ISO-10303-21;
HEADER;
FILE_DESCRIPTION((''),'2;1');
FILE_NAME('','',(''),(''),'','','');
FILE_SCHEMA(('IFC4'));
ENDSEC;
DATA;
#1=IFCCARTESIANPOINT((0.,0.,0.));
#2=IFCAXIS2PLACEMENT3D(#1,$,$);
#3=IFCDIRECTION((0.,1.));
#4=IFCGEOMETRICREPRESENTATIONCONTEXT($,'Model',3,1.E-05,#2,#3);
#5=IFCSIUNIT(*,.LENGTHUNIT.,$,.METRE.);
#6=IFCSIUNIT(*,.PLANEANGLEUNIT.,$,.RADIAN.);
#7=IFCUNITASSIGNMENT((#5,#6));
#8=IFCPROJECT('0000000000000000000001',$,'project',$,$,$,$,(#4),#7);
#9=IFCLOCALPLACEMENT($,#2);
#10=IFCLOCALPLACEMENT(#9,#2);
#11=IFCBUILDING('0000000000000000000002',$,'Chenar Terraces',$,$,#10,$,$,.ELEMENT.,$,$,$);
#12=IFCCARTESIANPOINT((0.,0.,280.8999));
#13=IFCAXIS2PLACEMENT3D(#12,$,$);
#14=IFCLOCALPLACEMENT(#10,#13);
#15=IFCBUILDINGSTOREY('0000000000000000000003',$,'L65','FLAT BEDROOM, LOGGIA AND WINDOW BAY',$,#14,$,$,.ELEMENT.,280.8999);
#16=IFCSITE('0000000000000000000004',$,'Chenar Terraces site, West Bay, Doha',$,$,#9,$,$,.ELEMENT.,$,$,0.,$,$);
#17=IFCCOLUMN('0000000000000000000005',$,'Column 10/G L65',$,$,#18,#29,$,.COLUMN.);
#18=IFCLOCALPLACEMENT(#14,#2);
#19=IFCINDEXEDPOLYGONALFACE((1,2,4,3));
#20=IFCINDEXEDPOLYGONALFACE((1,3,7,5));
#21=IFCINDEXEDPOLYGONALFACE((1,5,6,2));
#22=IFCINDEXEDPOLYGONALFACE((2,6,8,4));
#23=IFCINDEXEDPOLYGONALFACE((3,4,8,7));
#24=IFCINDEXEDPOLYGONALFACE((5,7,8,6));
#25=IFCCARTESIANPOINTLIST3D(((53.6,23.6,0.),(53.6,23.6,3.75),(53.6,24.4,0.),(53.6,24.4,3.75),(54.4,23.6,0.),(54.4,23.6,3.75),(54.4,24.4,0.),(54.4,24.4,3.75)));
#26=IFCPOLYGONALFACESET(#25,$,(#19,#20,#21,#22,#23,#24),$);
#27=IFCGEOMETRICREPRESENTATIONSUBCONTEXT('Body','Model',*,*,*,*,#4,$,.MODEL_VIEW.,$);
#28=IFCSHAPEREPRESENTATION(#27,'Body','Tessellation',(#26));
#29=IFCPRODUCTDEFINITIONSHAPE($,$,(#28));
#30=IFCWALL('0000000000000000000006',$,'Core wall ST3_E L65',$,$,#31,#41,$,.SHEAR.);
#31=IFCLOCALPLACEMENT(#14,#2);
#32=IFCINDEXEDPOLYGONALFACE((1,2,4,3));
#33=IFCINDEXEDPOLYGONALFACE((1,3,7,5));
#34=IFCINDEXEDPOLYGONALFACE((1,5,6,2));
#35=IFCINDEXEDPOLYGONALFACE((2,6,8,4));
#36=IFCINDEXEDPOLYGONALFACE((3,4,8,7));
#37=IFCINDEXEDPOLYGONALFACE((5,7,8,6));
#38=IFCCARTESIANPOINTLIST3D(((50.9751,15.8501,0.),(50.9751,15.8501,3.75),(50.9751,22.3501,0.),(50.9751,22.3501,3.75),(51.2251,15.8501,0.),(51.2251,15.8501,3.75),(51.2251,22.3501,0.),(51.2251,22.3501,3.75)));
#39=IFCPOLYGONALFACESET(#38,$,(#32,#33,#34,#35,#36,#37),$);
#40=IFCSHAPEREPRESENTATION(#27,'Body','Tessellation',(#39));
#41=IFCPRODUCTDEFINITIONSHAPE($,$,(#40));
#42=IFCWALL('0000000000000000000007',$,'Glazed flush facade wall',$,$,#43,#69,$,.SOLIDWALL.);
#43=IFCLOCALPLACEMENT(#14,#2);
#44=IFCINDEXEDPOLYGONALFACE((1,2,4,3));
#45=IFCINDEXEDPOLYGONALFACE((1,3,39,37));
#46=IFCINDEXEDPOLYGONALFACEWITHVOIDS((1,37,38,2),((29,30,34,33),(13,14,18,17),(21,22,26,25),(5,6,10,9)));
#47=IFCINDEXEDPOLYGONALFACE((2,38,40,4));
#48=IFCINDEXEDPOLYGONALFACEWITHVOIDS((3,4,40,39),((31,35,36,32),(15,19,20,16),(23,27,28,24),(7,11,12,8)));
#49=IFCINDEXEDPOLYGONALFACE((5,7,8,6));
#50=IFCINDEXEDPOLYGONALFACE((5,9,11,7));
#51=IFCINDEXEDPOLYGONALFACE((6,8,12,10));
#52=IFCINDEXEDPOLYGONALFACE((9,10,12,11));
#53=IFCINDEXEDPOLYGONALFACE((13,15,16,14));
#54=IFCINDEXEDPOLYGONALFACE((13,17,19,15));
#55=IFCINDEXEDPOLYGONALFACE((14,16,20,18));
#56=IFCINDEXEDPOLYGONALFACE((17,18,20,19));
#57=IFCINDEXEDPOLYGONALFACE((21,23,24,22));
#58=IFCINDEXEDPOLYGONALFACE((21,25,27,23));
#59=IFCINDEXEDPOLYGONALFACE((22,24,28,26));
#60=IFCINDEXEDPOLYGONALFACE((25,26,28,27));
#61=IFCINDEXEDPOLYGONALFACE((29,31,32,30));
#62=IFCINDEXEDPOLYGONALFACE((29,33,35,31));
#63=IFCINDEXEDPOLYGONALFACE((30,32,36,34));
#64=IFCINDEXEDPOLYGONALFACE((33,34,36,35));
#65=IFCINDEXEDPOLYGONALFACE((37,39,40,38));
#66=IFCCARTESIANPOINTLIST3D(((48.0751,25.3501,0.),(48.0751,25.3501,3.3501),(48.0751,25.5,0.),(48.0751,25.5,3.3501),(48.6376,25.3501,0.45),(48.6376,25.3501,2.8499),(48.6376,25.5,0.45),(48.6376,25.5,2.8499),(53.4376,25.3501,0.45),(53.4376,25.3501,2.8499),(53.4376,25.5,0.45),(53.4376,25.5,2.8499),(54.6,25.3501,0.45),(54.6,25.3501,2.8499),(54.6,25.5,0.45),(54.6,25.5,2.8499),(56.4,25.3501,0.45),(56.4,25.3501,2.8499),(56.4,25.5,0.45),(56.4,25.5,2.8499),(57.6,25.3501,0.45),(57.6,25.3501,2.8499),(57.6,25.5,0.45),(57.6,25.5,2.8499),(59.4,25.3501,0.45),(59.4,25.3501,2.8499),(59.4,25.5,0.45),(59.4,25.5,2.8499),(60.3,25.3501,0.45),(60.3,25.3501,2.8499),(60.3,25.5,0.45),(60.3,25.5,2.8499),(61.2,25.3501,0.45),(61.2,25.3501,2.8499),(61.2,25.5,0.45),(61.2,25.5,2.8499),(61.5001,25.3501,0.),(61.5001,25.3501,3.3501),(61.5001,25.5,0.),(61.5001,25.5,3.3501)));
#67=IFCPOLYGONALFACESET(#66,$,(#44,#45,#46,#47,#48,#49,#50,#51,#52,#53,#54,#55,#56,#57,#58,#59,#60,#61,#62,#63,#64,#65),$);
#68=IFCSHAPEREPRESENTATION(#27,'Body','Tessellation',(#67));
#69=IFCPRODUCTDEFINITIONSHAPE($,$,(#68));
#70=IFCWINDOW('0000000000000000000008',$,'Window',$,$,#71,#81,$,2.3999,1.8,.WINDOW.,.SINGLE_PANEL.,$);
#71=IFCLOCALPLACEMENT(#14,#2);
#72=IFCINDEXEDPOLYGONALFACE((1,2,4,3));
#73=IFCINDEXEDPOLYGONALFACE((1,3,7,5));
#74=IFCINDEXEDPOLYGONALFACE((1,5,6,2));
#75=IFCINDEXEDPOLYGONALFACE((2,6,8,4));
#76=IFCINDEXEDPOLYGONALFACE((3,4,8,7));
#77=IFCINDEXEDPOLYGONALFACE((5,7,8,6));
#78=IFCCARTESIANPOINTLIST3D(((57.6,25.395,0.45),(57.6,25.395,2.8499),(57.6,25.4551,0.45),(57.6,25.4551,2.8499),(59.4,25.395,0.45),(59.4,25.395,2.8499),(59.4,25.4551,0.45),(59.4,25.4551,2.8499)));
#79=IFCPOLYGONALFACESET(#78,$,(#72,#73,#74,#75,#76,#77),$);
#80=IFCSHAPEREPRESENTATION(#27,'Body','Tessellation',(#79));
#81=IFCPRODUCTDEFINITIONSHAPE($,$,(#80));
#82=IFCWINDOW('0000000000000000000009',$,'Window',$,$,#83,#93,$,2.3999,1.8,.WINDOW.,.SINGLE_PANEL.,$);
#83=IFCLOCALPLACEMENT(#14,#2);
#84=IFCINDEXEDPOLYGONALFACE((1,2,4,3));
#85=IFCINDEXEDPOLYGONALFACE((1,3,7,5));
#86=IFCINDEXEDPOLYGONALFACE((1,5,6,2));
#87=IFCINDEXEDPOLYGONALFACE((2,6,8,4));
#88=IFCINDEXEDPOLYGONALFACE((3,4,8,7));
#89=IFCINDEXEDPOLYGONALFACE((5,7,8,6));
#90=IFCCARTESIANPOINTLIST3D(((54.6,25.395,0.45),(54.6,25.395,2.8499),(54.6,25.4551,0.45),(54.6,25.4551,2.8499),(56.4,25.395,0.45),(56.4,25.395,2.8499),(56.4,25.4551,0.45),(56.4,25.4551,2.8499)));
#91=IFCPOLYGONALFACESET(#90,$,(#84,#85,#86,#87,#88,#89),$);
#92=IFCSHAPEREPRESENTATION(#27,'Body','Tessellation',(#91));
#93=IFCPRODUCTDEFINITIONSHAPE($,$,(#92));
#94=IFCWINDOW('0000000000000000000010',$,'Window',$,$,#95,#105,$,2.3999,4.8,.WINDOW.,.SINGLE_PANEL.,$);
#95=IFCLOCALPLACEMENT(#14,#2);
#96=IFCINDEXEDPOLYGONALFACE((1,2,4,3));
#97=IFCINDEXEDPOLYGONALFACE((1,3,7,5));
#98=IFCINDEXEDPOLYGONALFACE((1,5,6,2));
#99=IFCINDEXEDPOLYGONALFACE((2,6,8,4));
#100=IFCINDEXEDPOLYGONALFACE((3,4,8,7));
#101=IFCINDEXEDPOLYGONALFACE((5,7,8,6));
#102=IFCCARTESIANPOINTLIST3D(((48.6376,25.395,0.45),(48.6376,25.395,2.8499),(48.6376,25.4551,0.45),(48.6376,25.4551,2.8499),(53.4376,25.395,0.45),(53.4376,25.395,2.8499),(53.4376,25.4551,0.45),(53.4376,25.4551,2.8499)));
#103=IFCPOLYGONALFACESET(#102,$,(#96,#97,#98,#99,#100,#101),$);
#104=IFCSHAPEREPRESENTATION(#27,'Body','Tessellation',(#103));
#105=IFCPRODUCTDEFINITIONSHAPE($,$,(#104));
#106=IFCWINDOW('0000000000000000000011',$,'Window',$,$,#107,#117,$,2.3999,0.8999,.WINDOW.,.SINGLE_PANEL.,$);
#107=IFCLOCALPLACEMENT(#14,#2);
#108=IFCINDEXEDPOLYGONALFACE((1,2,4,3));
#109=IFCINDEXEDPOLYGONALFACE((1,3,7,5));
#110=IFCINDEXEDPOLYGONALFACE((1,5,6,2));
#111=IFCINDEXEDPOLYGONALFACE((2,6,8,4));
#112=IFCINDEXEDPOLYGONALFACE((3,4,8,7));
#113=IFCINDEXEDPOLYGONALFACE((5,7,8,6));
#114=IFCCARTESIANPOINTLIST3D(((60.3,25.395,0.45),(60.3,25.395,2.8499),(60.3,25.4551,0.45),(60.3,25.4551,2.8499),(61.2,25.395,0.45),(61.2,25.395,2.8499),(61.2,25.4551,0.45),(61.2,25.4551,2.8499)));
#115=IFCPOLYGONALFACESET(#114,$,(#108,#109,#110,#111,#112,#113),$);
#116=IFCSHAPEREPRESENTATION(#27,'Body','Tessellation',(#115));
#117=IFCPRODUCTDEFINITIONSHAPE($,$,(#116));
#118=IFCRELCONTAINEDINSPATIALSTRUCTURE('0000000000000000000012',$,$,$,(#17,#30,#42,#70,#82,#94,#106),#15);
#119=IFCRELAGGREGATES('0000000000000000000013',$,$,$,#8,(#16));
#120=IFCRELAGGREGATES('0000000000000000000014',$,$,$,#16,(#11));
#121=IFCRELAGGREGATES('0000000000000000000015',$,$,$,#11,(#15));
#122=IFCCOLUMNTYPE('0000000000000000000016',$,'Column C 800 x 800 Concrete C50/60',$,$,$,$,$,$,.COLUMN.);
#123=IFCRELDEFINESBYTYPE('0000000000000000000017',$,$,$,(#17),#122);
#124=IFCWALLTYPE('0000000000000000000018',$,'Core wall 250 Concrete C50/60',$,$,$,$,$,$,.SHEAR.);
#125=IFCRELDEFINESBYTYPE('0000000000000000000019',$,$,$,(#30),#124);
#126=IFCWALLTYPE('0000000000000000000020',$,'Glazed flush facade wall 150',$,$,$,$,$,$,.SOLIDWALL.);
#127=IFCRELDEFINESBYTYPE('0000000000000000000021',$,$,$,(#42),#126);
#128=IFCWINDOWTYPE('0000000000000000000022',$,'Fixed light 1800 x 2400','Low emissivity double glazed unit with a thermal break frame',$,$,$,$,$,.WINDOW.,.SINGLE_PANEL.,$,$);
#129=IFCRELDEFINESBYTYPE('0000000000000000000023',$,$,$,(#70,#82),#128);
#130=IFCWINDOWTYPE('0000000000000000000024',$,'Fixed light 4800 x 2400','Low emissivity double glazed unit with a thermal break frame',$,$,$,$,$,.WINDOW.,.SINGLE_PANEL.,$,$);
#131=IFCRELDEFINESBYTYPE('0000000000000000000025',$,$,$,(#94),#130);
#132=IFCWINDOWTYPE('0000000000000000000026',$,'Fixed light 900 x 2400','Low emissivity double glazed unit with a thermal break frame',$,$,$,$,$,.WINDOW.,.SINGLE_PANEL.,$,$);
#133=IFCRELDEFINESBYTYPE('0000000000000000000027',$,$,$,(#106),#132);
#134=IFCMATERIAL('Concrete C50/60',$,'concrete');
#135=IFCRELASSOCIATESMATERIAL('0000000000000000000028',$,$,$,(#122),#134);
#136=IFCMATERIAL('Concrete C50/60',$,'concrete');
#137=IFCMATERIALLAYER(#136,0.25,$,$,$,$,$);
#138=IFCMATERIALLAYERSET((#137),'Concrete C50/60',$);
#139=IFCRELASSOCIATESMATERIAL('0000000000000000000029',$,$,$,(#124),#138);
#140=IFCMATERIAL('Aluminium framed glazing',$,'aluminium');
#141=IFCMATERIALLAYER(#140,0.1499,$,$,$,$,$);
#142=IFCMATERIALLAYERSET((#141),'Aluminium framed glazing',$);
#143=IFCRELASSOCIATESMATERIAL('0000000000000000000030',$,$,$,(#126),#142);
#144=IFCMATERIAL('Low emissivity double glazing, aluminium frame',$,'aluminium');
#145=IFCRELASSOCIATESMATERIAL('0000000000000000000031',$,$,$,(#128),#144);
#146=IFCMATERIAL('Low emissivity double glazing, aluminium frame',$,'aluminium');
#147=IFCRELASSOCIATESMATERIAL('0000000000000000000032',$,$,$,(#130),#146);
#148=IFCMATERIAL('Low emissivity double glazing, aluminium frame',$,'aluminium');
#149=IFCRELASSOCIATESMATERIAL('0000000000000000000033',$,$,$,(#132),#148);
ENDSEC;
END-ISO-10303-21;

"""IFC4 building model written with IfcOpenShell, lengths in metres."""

from ifc_helpers import new_model, si_unit, direction, frame, frame_2d, origin, origin_2d, place, context, subcontext, project, spatial, rectangle, extrude, material, layer, layer_set, material_profile, profile_set, type_object, element, fill, save


model = new_model("IFC4")

# Units and contexts
model_context = context("Model", 3, precision=1e-05, world=origin(), true_north=direction((0.0, 1.0)))
body_context = subcontext(model_context, "Body", "Model", "MODEL_VIEW")
ifc_project = project(units=[si_unit("LENGTHUNIT", "METRE"), si_unit("PLANEANGLEUNIT", "RADIAN")], contexts=[model_context])

# Site, building, storey
site_placement = place(None, origin())
site = spatial("IfcSite", under=ifc_project, at=site_placement, Name="Chenar Terraces site, West Bay, Doha", CompositionType="ELEMENT", RefElevation=0.0)
building_placement = place(site_placement, origin())
building = spatial("IfcBuilding", under=site, at=building_placement, Name="Chenar Terraces", CompositionType="ELEMENT")
storey_placement = place(building_placement, frame((0.0, 0.0, 280.8999)))
storey = spatial("IfcBuildingStorey", under=building, at=storey_placement, Name="L65", Description="FLAT BEDROOM, LOGGIA AND WINDOW BAY", CompositionType="ELEMENT", Elevation=280.8999)

# Column
ifc_material_1 = material(Name="Concrete C50/60", Category="concrete")
ifc_material_profile_1 = material_profile(ifc_material_1, rectangle(XDim=0.8, YDim=0.8, at=origin_2d()), Name="C 800 x 800")
ifc_profile_set_1 = profile_set([ifc_material_profile_1], Name="Concrete C50/60")
column_type = type_object("IfcColumnType", Name="Column C 800 x 800 Concrete C50/60", PredefinedType="COLUMN", material=ifc_profile_set_1)
column_placement = place(storey_placement, frame((54.0, 24.0, 0.0), z_axis=(0.0, 0.0, 1.0), x_axis=(1.0, 0.0, 0.0)))
element("IfcColumn", 1, at=column_placement, inside=storey, type_object=column_type, Name="Column 10/G L65", PredefinedType="COLUMN", context=body_context, shape_type="SweptSolid", body=[
    extrude(rectangle(XDim=0.8, YDim=0.8, at=origin_2d()), origin(), (0.0, 0.0, 1.0), 3.75),
])

# Wall
ifc_material_2 = material(Name="Concrete C50/60", Category="concrete")
ifc_layer_1 = layer(ifc_material_2, 0.25)
ifc_layer_set_1 = layer_set([ifc_layer_1], Name="Concrete C50/60")
wall_type_1 = type_object("IfcWallType", Name="Core wall 250 Concrete C50/60", PredefinedType="SHEAR", material=ifc_layer_set_1)
wall_1_placement = place(storey_placement, frame((51.1001, 15.8501, 0.0), z_axis=(0.0, 0.0, 1.0), x_axis=(0.0, 1.0, 0.0)))
element("IfcWall", 2, at=wall_1_placement, inside=storey, type_object=wall_type_1, Name="Core wall ST3_E L65", PredefinedType="SHEAR", context=body_context, shape_type="SweptSolid", body=[
    extrude(rectangle(XDim=6.5, YDim=0.25, at=frame_2d((3.25, 0.0))), origin(), (0.0, 0.0, 1.0), 3.75),
])

# Wall, openings, windows
ifc_material_3 = material(Name="Aluminium framed glazing", Category="aluminium")
ifc_layer_2 = layer(ifc_material_3, 0.1499)
ifc_layer_set_2 = layer_set([ifc_layer_2], Name="Aluminium framed glazing")
wall_type_2 = type_object("IfcWallType", Name="Glazed flush facade wall 150", PredefinedType="SOLIDWALL", material=ifc_layer_set_2)
wall_2_placement = place(storey_placement, frame((61.5, 25.425, 0.0), z_axis=(0.0, 0.0, 1.0), x_axis=(-1.0, 0.0, 0.0)))
wall_2 = element("IfcWall", 3, at=wall_2_placement, inside=storey, type_object=wall_type_2, Name="Glazed flush facade wall", PredefinedType="SOLIDWALL", context=body_context, shape_type="SweptSolid", body=[
    extrude(rectangle(XDim=13.425, YDim=0.1499, at=frame_2d((6.7124, 0.0))), origin(), (0.0, 0.0, 1.0), 3.3501),
])
opening_1_placement = place(wall_2_placement, frame((0.3, 0.0, 0.45)))
opening_1 = element("IfcOpeningElement", 4, at=opening_1_placement, cuts=wall_2, PredefinedType="OPENING", context=body_context, shape_type="SweptSolid", body=[
    extrude(rectangle(XDim=0.8999, YDim=2.3999, at=frame_2d((0.45, 1.2))), frame((0.0, 0.085, 0.0), z_axis=(0.0, -1.0, 0.0), x_axis=(1.0, 0.0, 0.0)), (0.0, 0.0, 1.0), 0.1699),
])
opening_2_placement = place(wall_2_placement, frame((2.1001, 0.0, 0.45)))
opening_2 = element("IfcOpeningElement", 5, at=opening_2_placement, cuts=wall_2, PredefinedType="OPENING", context=body_context, shape_type="SweptSolid", body=[
    extrude(rectangle(XDim=1.8, YDim=2.3999, at=frame_2d((0.8999, 1.2))), frame((0.0, 0.085, 0.0), z_axis=(0.0, -1.0, 0.0), x_axis=(1.0, 0.0, 0.0)), (0.0, 0.0, 1.0), 0.1699),
])
opening_3_placement = place(wall_2_placement, frame((5.1001, 0.0, 0.45)))
opening_3 = element("IfcOpeningElement", 6, at=opening_3_placement, cuts=wall_2, PredefinedType="OPENING", context=body_context, shape_type="SweptSolid", body=[
    extrude(rectangle(XDim=1.8, YDim=2.3999, at=frame_2d((0.8999, 1.2))), frame((0.0, 0.085, 0.0), z_axis=(0.0, -1.0, 0.0), x_axis=(1.0, 0.0, 0.0)), (0.0, 0.0, 1.0), 0.1699),
])
opening_4_placement = place(wall_2_placement, frame((8.0625, 0.0, 0.45)))
opening_4 = element("IfcOpeningElement", 7, at=opening_4_placement, cuts=wall_2, PredefinedType="OPENING", context=body_context, shape_type="SweptSolid", body=[
    extrude(rectangle(XDim=4.8, YDim=2.3999, at=frame_2d((2.3999, 1.2))), frame((0.0, 0.085, 0.0), z_axis=(0.0, -1.0, 0.0), x_axis=(1.0, 0.0, 0.0)), (0.0, 0.0, 1.0), 0.1699),
])
ifc_material_4 = material(Name="Low emissivity double glazing, aluminium frame", Category="aluminium")
window_type_1 = type_object("IfcWindowType", Name="Fixed light 1800 x 2400", Description="Low emissivity double glazed unit with a thermal break frame", PartitioningType="SINGLE_PANEL", PredefinedType="WINDOW", material=ifc_material_4)
window_1_placement = place(opening_2_placement, origin())
window_1 = element("IfcWindow", 8, at=window_1_placement, inside=storey, type_object=window_type_1, Name="Window", OverallHeight=2.3999, OverallWidth=1.8, PartitioningType="SINGLE_PANEL", PredefinedType="WINDOW", context=body_context, shape_type="SweptSolid", body=[
    extrude(rectangle(XDim=1.8, YDim=2.3999, at=frame_2d((0.8999, 1.2))), frame((0.0, 0.03, 0.0), z_axis=(0.0, -1.0, 0.0), x_axis=(1.0, 0.0, 0.0)), (0.0, 0.0, 1.0), 0.0601),
])
fill(opening_2, window_1)
window_2_placement = place(opening_3_placement, origin())
window_2 = element("IfcWindow", 9, at=window_2_placement, inside=storey, type_object=window_type_1, Name="Window", OverallHeight=2.3999, OverallWidth=1.8, PartitioningType="SINGLE_PANEL", PredefinedType="WINDOW", context=body_context, shape_type="SweptSolid", body=[
    extrude(rectangle(XDim=1.8, YDim=2.3999, at=frame_2d((0.8999, 1.2))), frame((0.0, 0.03, 0.0), z_axis=(0.0, -1.0, 0.0), x_axis=(1.0, 0.0, 0.0)), (0.0, 0.0, 1.0), 0.0601),
])
fill(opening_3, window_2)
ifc_material_5 = material(Name="Low emissivity double glazing, aluminium frame", Category="aluminium")
window_type_2 = type_object("IfcWindowType", Name="Fixed light 4800 x 2400", Description="Low emissivity double glazed unit with a thermal break frame", PartitioningType="SINGLE_PANEL", PredefinedType="WINDOW", material=ifc_material_5)
window_3_placement = place(opening_4_placement, origin())
window_3 = element("IfcWindow", 10, at=window_3_placement, inside=storey, type_object=window_type_2, Name="Window", OverallHeight=2.3999, OverallWidth=4.8, PartitioningType="SINGLE_PANEL", PredefinedType="WINDOW", context=body_context, shape_type="SweptSolid", body=[
    extrude(rectangle(XDim=4.8, YDim=2.3999, at=frame_2d((2.3999, 1.2))), frame((0.0, 0.03, 0.0), z_axis=(0.0, -1.0, 0.0), x_axis=(1.0, 0.0, 0.0)), (0.0, 0.0, 1.0), 0.0601),
])
fill(opening_4, window_3)
ifc_material_6 = material(Name="Low emissivity double glazing, aluminium frame", Category="aluminium")
window_type_3 = type_object("IfcWindowType", Name="Fixed light 900 x 2400", Description="Low emissivity double glazed unit with a thermal break frame", PartitioningType="SINGLE_PANEL", PredefinedType="WINDOW", material=ifc_material_6)
window_4_placement = place(opening_1_placement, origin())
window_4 = element("IfcWindow", 11, at=window_4_placement, inside=storey, type_object=window_type_3, Name="Window", OverallHeight=2.3999, OverallWidth=0.8999, PartitioningType="SINGLE_PANEL", PredefinedType="WINDOW", context=body_context, shape_type="SweptSolid", body=[
    extrude(rectangle(XDim=0.8999, YDim=2.3999, at=frame_2d((0.45, 1.2))), frame((0.0, 0.03, 0.0), z_axis=(0.0, -1.0, 0.0), x_axis=(1.0, 0.0, 0.0)), (0.0, 0.0, 1.0), 0.0601),
])
fill(opening_1, window_4)

save(model, "model.ifc")
